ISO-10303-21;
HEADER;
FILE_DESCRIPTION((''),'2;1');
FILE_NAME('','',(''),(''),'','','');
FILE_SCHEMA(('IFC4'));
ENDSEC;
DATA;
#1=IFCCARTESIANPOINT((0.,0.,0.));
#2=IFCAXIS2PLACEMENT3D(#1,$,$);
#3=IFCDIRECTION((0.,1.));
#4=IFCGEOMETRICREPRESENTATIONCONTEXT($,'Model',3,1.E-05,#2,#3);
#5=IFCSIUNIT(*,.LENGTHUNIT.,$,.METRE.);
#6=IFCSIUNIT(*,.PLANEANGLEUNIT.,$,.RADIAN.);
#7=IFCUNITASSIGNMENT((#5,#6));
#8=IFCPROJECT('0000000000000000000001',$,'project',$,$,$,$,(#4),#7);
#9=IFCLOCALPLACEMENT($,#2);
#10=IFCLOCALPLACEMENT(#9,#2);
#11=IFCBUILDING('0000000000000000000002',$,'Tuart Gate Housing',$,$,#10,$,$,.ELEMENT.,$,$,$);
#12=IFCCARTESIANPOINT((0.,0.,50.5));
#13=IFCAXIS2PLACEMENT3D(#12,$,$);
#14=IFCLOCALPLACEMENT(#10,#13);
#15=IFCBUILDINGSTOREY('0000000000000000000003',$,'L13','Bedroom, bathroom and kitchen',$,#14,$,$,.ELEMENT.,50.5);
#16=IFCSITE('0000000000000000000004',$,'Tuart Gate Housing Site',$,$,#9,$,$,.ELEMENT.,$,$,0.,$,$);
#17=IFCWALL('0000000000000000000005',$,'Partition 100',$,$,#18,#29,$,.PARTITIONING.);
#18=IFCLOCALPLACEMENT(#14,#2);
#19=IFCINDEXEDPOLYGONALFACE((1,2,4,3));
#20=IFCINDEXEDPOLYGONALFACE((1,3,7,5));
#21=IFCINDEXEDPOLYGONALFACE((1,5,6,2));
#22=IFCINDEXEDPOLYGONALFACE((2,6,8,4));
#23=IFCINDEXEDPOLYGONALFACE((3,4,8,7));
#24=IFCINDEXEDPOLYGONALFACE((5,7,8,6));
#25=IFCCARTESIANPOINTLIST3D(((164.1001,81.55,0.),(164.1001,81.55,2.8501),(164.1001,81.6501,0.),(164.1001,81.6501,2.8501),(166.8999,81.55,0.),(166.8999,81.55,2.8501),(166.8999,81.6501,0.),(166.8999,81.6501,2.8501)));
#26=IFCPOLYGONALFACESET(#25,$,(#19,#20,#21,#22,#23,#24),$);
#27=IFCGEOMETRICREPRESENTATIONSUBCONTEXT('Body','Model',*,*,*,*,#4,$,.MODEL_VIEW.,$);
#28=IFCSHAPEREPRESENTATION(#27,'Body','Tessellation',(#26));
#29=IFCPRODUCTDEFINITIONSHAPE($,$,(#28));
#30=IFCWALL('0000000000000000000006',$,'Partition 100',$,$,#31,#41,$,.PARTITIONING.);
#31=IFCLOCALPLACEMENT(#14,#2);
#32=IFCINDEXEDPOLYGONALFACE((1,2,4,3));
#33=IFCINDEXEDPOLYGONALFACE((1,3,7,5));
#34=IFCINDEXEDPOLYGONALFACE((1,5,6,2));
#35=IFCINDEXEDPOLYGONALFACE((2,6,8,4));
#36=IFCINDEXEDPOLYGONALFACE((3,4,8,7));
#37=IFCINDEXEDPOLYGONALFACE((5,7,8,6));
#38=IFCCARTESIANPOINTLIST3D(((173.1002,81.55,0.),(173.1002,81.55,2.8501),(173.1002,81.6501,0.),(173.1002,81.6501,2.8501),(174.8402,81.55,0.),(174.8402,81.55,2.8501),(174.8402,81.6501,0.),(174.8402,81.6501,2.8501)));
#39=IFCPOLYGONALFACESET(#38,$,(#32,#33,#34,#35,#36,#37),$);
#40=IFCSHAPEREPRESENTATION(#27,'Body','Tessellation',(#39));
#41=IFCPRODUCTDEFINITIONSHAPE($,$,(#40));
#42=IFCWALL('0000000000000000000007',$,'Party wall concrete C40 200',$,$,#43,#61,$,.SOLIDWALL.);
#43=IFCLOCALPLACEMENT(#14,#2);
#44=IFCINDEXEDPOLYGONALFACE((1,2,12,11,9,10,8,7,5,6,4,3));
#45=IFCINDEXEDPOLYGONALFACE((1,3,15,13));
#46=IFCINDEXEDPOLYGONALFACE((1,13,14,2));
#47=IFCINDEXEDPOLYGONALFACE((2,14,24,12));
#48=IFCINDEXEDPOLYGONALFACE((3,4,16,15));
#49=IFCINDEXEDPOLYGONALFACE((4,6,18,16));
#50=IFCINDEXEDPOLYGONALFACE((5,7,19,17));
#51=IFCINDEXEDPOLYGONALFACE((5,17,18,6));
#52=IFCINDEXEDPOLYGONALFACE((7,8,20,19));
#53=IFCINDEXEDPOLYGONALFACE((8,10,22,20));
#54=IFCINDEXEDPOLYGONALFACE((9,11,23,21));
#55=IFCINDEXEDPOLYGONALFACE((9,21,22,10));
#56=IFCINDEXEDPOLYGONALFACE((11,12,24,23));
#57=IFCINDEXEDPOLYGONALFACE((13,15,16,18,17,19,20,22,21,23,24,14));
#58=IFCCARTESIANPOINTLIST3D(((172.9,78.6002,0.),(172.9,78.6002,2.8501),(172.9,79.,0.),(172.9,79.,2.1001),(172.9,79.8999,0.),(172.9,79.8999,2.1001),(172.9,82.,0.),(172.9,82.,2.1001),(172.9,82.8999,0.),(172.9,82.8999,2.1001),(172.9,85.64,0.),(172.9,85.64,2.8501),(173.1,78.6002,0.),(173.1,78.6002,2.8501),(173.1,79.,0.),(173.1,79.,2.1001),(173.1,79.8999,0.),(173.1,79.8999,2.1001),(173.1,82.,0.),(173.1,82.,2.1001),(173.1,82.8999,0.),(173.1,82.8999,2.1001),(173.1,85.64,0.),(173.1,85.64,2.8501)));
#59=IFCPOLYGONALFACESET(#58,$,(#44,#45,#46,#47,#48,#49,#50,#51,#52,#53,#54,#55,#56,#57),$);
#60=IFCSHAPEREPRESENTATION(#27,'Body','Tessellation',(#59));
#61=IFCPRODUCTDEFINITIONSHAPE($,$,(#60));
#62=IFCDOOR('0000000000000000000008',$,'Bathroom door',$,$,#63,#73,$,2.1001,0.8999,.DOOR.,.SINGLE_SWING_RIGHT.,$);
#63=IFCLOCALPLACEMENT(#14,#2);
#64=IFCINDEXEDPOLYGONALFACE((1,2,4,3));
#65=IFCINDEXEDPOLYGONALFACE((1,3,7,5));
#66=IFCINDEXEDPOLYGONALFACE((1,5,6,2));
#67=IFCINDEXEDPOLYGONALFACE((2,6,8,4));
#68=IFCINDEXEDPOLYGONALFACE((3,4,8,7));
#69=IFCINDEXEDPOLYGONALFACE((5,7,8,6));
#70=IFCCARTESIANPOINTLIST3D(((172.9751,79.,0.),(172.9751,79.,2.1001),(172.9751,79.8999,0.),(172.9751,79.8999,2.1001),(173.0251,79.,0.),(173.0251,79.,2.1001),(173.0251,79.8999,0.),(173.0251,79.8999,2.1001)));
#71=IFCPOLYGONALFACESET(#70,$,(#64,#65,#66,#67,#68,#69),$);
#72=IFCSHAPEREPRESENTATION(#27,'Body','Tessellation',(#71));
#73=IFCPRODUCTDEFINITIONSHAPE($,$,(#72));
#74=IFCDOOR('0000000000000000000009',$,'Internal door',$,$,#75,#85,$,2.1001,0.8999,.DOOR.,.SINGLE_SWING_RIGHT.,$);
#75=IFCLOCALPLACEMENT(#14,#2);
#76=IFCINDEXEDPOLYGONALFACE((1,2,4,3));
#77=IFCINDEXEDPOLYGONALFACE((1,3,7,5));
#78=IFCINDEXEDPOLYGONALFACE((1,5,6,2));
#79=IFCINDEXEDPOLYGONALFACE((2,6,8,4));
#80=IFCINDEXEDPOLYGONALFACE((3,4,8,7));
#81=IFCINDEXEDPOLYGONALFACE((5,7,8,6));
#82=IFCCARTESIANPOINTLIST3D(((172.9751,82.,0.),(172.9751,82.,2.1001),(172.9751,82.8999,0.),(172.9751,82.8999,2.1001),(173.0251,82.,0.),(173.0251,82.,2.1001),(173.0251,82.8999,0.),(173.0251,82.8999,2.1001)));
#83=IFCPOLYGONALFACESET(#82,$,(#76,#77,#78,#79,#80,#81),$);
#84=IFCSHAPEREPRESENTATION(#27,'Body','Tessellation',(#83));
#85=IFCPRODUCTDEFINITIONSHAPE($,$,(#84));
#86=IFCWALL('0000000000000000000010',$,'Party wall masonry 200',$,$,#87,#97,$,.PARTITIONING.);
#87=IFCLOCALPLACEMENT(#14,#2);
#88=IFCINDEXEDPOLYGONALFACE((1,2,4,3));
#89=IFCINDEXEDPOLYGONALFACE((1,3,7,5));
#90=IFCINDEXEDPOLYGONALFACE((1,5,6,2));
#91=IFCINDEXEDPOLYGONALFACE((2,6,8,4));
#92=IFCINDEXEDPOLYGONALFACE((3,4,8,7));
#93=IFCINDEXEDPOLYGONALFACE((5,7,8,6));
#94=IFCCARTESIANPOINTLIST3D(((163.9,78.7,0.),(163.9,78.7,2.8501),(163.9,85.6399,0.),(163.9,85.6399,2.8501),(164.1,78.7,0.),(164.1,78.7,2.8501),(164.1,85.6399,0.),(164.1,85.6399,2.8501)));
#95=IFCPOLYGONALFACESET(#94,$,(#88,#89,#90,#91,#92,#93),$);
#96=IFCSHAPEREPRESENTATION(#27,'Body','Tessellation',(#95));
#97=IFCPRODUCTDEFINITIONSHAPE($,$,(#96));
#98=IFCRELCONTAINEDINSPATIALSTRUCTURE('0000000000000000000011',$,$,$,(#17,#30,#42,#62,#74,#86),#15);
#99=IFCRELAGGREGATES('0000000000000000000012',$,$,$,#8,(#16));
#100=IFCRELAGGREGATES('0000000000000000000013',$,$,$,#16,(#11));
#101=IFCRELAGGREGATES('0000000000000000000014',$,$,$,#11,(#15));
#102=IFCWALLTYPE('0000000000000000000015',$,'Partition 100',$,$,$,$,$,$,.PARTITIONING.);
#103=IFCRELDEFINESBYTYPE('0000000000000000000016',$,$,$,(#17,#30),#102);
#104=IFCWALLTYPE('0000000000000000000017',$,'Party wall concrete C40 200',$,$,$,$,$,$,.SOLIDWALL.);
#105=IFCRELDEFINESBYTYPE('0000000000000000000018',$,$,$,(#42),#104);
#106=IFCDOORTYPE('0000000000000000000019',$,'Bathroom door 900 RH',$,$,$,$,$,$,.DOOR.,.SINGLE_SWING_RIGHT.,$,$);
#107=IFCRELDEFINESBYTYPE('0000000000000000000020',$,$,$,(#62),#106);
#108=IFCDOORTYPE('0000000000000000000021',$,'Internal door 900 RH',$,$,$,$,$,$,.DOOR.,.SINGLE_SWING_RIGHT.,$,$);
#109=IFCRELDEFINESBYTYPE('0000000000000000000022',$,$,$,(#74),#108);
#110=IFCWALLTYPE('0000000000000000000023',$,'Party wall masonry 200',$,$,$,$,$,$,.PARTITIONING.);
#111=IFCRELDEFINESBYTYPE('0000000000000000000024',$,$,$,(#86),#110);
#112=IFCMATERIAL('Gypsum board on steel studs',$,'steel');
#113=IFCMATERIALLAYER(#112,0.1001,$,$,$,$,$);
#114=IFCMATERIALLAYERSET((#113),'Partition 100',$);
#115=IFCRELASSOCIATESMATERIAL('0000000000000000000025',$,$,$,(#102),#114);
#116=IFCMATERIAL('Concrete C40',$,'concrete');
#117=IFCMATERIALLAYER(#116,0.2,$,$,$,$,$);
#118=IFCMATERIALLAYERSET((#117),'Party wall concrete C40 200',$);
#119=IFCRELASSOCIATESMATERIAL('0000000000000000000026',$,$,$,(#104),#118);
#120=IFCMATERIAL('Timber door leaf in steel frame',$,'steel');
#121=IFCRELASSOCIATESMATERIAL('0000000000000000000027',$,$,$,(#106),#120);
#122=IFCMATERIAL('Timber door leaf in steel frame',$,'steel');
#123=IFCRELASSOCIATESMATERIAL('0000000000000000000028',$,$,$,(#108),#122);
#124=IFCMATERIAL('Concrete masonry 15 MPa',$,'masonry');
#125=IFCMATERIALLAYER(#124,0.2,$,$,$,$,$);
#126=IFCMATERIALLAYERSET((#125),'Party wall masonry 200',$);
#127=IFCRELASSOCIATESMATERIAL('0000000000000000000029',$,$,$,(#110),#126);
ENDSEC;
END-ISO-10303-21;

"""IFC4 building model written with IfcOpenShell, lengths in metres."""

from ifc_helpers import new_model, si_unit, direction, frame, frame_2d, origin, place, context, subcontext, project, spatial, rectangle, extrude, material, layer, layer_set, type_object, element, fill, save


model = new_model("IFC4")

# Units and contexts
model_context = context("Model", 3, precision=1e-05, world=origin(), true_north=direction((0.0, 1.0)))
body_context = subcontext(model_context, "Body", "Model", "MODEL_VIEW")
ifc_project = project(units=[si_unit("LENGTHUNIT", "METRE"), si_unit("PLANEANGLEUNIT", "RADIAN")], contexts=[model_context])

# Site, building, storey
site_placement = place(None, origin())
site = spatial("IfcSite", under=ifc_project, at=site_placement, Name="Tuart Gate Housing Site", CompositionType="ELEMENT", RefElevation=0.0)
building_placement = place(site_placement, origin())
building = spatial("IfcBuilding", under=site, at=building_placement, Name="Tuart Gate Housing", CompositionType="ELEMENT")
storey_placement = place(building_placement, frame((0.0, 0.0, 50.5)))
storey = spatial("IfcBuildingStorey", under=building, at=storey_placement, Name="L13", Description="Bedroom, bathroom and kitchen", CompositionType="ELEMENT", Elevation=50.5)

# Walls
ifc_material_1 = material(Name="Gypsum board on steel studs", Category="steel")
ifc_layer_1 = layer(ifc_material_1, 0.1001)
ifc_layer_set_1 = layer_set([ifc_layer_1], Name="Partition 100")
wall_type_1 = type_object("IfcWallType", Name="Partition 100", PredefinedType="PARTITIONING", material=ifc_layer_set_1)
wall_1_placement = place(storey_placement, frame((164.1001, 81.6001, 0.0), z_axis=(0.0, 0.0, 1.0), x_axis=(1.0, 0.0, 0.0)))
element("IfcWall", 1, at=wall_1_placement, inside=storey, type_object=wall_type_1, Name="Partition 100", PredefinedType="PARTITIONING", context=body_context, shape_type="SweptSolid", body=[
    extrude(rectangle(XDim=2.7998, YDim=0.1001, at=frame_2d((1.3999, 0.0))), origin(), (0.0, 0.0, 1.0), 2.8501),
])
wall_2_placement = place(storey_placement, frame((173.1001, 81.6001, 0.0), z_axis=(0.0, 0.0, 1.0), x_axis=(1.0, 0.0, 0.0)))
element("IfcWall", 2, at=wall_2_placement, inside=storey, type_object=wall_type_1, Name="Partition 100", PredefinedType="PARTITIONING", context=body_context, shape_type="SweptSolid", body=[
    extrude(rectangle(XDim=1.74, YDim=0.1001, at=frame_2d((0.8701, 0.0))), origin(), (0.0, 0.0, 1.0), 2.8501),
])

# Wall, openings, doors
ifc_material_2 = material(Name="Concrete C40", Category="concrete")
ifc_layer_2 = layer(ifc_material_2, 0.2)
ifc_layer_set_2 = layer_set([ifc_layer_2], Name="Party wall concrete C40 200")
wall_type_2 = type_object("IfcWallType", Name="Party wall concrete C40 200", PredefinedType="SOLIDWALL", material=ifc_layer_set_2)
wall_3_placement = place(storey_placement, frame((173.0, 78.6001, 0.0), z_axis=(0.0, 0.0, 1.0), x_axis=(0.0, 1.0, 0.0)))
wall_3 = element("IfcWall", 3, at=wall_3_placement, inside=storey, type_object=wall_type_2, Name="Party wall concrete C40 200", PredefinedType="SOLIDWALL", context=body_context, shape_type="SweptSolid", body=[
    extrude(rectangle(XDim=7.0398, YDim=0.2, at=frame_2d((3.52, 0.0))), origin(), (0.0, 0.0, 1.0), 2.8501),
])
opening_1_placement = place(wall_3_placement, frame((3.3999, 0.0, 0.0)))
opening_1 = element("IfcOpeningElement", 4, at=opening_1_placement, cuts=wall_3, PredefinedType="OPENING", context=body_context, shape_type="SweptSolid", body=[
    extrude(rectangle(XDim=0.8999, YDim=2.1001, at=frame_2d((0.45, 1.05))), frame((0.0, 0.1099, 0.0), z_axis=(0.0, -1.0, 0.0), x_axis=(1.0, 0.0, 0.0)), (0.0, 0.0, 1.0), 0.22),
])
opening_2_placement = place(wall_3_placement, frame((0.3999, 0.0, 0.0)))
opening_2 = element("IfcOpeningElement", 5, at=opening_2_placement, cuts=wall_3, PredefinedType="OPENING", context=body_context, shape_type="SweptSolid", body=[
    extrude(rectangle(XDim=0.8999, YDim=2.1001, at=frame_2d((0.45, 1.05))), frame((0.0, 0.1099, 0.0), z_axis=(0.0, -1.0, 0.0), x_axis=(1.0, 0.0, 0.0)), (0.0, 0.0, 1.0), 0.22),
])
ifc_material_3 = material(Name="Timber door leaf in steel frame", Category="steel")
door_type_1 = type_object("IfcDoorType", Name="Bathroom door 900 RH", OperationType="SINGLE_SWING_RIGHT", PredefinedType="DOOR", material=ifc_material_3)
door_1_placement = place(opening_2_placement, frame((0.8999, 0.0, 0.0), z_axis=(0.0, 0.0, 1.0), x_axis=(-1.0, 0.0, 0.0)))
door_1 = element("IfcDoor", 6, at=door_1_placement, inside=storey, type_object=door_type_1, Name="Bathroom door", OperationType="SINGLE_SWING_RIGHT", OverallHeight=2.1001, OverallWidth=0.8999, PredefinedType="DOOR", context=body_context, shape_type="SweptSolid", body=[
    extrude(rectangle(XDim=0.8999, YDim=2.1001, at=frame_2d((0.45, 1.05))), frame((0.0, 0.0251, 0.0), z_axis=(0.0, -1.0, 0.0), x_axis=(1.0, 0.0, 0.0)), (0.0, 0.0, 1.0), 0.05),
])
fill(opening_2, door_1)
ifc_material_4 = material(Name="Timber door leaf in steel frame", Category="steel")
door_type_2 = type_object("IfcDoorType", Name="Internal door 900 RH", OperationType="SINGLE_SWING_RIGHT", PredefinedType="DOOR", material=ifc_material_4)
door_2_placement = place(opening_1_placement, frame((0.8999, 0.0, 0.0), z_axis=(0.0, 0.0, 1.0), x_axis=(-1.0, 0.0, 0.0)))
door_2 = element("IfcDoor", 7, at=door_2_placement, inside=storey, type_object=door_type_2, Name="Internal door", OperationType="SINGLE_SWING_RIGHT", OverallHeight=2.1001, OverallWidth=0.8999, PredefinedType="DOOR", context=body_context, shape_type="SweptSolid", body=[
    extrude(rectangle(XDim=0.8999, YDim=2.1001, at=frame_2d((0.45, 1.05))), frame((0.0, 0.0251, 0.0), z_axis=(0.0, -1.0, 0.0), x_axis=(1.0, 0.0, 0.0)), (0.0, 0.0, 1.0), 0.05),
])
fill(opening_1, door_2)

# Wall
ifc_material_5 = material(Name="Concrete masonry 15 MPa", Category="masonry")
ifc_layer_3 = layer(ifc_material_5, 0.2)
ifc_layer_set_3 = layer_set([ifc_layer_3], Name="Party wall masonry 200")
wall_type_3 = type_object("IfcWallType", Name="Party wall masonry 200", PredefinedType="PARTITIONING", material=ifc_layer_set_3)
wall_4_placement = place(storey_placement, frame((164.0, 78.7, 0.0), z_axis=(0.0, 0.0, 1.0), x_axis=(0.0, 1.0, 0.0)))
element("IfcWall", 8, at=wall_4_placement, inside=storey, type_object=wall_type_3, Name="Party wall masonry 200", PredefinedType="PARTITIONING", context=body_context, shape_type="SweptSolid", body=[
    extrude(rectangle(XDim=6.9399, YDim=0.2, at=frame_2d((3.47, 0.0))), origin(), (0.0, 0.0, 1.0), 2.8501),
])

save(model, "model.ifc")
